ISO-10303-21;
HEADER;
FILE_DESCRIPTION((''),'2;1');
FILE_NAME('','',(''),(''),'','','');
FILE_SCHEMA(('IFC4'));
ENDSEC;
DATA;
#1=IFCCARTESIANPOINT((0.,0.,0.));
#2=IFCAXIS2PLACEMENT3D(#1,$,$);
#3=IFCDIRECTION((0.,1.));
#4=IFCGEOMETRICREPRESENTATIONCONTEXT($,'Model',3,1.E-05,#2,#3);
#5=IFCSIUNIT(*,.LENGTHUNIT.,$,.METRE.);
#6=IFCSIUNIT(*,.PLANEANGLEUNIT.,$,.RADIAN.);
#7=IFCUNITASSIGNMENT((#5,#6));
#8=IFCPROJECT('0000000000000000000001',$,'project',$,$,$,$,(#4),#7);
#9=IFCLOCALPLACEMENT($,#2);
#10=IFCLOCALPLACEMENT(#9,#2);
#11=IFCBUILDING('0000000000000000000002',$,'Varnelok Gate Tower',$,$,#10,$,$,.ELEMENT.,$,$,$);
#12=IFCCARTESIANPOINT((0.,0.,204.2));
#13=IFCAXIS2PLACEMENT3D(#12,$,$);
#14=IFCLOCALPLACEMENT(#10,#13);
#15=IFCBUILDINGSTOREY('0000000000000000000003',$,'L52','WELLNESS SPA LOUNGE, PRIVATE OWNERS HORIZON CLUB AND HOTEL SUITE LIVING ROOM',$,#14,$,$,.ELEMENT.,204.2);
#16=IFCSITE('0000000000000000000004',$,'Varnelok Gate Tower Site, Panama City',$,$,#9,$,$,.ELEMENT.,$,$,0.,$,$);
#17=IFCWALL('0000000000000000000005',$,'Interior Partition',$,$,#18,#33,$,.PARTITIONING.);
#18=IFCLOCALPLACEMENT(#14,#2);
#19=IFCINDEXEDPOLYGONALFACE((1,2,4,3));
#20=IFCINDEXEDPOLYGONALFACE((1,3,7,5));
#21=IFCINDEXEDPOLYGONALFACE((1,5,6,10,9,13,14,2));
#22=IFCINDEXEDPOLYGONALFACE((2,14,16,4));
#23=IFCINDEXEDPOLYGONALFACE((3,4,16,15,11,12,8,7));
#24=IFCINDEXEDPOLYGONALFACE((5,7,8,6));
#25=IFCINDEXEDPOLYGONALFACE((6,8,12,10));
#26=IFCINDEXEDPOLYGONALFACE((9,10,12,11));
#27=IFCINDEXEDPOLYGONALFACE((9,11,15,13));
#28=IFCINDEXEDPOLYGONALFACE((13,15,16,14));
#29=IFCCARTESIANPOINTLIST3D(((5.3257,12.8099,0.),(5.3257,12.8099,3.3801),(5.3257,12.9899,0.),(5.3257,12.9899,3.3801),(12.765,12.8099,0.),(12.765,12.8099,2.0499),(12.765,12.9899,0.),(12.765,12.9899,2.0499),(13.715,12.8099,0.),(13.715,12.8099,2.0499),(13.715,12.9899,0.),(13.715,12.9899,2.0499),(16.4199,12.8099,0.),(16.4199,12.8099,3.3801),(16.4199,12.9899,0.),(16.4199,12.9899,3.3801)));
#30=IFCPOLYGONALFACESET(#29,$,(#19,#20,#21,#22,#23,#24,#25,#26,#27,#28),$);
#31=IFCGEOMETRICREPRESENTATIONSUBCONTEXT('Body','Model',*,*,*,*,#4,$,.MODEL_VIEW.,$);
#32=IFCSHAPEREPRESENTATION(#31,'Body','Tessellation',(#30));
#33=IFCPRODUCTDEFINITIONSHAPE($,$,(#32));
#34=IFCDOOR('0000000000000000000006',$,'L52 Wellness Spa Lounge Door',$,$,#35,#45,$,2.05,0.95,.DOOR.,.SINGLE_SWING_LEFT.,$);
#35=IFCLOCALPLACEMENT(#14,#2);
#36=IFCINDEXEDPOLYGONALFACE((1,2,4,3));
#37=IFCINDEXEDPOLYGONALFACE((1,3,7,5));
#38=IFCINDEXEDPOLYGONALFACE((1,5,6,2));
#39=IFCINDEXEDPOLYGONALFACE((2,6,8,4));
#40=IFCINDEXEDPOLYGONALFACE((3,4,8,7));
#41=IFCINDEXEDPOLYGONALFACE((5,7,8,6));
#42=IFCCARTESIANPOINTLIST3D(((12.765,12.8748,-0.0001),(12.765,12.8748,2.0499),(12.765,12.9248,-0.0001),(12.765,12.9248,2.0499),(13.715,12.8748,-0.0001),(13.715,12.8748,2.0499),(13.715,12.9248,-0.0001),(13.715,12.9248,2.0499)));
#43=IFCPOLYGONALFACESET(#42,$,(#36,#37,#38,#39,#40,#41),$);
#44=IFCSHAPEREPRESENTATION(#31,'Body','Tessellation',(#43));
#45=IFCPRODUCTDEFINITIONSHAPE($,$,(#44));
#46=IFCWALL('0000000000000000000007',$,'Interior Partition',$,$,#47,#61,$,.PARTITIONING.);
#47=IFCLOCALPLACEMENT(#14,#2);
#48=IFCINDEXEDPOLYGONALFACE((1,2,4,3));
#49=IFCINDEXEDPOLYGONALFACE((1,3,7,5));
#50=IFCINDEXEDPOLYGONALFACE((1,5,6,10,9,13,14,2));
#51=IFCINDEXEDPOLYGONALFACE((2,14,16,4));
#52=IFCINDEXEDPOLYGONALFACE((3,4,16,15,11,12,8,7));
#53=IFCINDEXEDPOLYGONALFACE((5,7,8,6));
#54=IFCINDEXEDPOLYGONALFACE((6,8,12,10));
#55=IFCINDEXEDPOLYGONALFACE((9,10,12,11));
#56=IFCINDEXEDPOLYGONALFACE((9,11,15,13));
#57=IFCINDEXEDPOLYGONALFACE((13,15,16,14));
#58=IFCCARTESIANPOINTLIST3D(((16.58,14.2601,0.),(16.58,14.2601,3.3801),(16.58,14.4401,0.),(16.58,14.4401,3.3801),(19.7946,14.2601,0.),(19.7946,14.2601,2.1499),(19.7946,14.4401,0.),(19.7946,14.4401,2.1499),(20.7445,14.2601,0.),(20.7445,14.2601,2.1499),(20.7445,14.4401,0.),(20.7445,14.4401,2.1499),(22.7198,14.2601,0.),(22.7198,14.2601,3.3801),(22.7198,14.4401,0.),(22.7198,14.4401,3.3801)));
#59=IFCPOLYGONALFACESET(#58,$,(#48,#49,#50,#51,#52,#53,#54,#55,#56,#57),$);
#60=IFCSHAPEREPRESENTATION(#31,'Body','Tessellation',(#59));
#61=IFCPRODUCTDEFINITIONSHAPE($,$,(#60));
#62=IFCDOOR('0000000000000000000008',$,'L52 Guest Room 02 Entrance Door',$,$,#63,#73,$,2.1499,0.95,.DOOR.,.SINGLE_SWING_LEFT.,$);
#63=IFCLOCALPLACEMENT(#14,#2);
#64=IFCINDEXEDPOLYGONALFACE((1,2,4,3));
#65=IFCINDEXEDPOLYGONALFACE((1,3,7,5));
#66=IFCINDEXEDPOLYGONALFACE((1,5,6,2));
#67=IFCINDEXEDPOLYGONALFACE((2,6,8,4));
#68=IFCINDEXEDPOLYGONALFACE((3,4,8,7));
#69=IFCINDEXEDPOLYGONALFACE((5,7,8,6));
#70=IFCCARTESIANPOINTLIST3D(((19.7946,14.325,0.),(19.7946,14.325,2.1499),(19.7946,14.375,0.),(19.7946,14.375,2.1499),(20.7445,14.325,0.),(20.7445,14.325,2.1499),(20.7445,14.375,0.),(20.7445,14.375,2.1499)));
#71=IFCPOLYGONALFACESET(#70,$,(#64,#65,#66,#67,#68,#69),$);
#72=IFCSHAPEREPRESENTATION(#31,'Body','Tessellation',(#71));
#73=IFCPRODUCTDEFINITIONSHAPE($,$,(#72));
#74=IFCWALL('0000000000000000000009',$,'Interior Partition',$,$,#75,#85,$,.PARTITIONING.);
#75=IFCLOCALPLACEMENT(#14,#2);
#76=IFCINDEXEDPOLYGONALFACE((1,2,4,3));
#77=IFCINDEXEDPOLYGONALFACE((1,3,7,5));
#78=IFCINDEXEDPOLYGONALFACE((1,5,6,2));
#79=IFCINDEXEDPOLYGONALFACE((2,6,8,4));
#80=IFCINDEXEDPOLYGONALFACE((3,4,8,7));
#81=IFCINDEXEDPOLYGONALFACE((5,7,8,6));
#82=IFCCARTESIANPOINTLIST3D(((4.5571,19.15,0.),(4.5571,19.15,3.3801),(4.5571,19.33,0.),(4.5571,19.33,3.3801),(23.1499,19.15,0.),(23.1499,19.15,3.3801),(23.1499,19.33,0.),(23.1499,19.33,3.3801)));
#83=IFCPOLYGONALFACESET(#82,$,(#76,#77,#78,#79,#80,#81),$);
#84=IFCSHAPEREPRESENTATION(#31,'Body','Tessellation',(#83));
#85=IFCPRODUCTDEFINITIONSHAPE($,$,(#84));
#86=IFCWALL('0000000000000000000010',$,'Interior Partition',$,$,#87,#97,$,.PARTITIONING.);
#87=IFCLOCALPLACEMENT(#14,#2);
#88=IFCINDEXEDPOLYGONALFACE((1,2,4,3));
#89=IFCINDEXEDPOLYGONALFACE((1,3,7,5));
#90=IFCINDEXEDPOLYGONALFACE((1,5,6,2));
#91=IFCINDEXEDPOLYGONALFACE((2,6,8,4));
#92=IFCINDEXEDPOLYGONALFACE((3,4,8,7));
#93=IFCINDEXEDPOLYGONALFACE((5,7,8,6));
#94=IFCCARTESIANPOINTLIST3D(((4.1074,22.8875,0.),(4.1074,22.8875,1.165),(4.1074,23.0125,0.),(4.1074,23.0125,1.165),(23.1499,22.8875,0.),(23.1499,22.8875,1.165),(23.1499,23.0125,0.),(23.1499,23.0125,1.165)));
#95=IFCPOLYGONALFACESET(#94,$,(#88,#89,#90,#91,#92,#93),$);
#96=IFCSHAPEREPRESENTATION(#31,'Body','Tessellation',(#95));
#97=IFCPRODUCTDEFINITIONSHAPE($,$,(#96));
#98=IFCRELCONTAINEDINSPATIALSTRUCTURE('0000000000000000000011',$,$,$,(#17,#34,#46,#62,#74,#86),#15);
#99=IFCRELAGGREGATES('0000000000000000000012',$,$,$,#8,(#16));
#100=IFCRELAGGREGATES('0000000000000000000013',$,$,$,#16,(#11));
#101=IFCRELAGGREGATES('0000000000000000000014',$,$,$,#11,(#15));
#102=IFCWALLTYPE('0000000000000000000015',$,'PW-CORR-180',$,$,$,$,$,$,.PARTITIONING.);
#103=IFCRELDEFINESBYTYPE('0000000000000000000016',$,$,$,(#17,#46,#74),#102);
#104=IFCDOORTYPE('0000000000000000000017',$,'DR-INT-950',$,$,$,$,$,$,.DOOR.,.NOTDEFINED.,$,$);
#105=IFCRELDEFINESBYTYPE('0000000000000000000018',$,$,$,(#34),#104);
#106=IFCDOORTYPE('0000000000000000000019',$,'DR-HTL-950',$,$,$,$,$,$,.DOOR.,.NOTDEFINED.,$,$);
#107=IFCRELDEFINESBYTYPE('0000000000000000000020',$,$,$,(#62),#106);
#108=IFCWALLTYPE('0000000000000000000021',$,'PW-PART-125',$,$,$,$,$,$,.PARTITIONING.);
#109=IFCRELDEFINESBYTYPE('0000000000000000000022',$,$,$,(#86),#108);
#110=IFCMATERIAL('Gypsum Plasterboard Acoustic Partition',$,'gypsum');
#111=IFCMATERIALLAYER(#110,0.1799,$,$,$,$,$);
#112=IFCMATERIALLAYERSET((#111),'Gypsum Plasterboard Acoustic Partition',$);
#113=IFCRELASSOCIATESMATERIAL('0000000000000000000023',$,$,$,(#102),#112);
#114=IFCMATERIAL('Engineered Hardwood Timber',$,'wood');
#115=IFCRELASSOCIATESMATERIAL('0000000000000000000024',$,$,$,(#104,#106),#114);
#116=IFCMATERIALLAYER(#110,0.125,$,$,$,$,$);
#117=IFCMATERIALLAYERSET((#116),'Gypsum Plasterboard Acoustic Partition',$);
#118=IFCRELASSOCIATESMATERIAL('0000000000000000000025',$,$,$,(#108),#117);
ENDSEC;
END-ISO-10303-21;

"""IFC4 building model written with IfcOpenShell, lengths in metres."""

from ifc_helpers import new_model, si_unit, direction, frame, frame_2d, origin, place, context, subcontext, project, spatial, rectangle, extrude, material, layer, layer_set, type_object, element, fill, save


model = new_model("IFC4")

# Units and contexts
model_context = context("Model", 3, precision=1e-05, world=origin(), true_north=direction((0.0, 1.0)))
body_context = subcontext(model_context, "Body", "Model", "MODEL_VIEW")
ifc_project = project(units=[si_unit("LENGTHUNIT", "METRE"), si_unit("PLANEANGLEUNIT", "RADIAN")], contexts=[model_context])

# Site, building, storey
site_placement = place(None, origin())
site = spatial("IfcSite", under=ifc_project, at=site_placement, Name="Varnelok Gate Tower Site, Panama City", CompositionType="ELEMENT", RefElevation=0.0)
building_placement = place(site_placement, origin())
building = spatial("IfcBuilding", under=site, at=building_placement, Name="Varnelok Gate Tower", CompositionType="ELEMENT")
storey_placement = place(building_placement, frame((0.0, 0.0, 204.2)))
storey = spatial("IfcBuildingStorey", under=building, at=storey_placement, Name="L52", Description="WELLNESS SPA LOUNGE, PRIVATE OWNERS HORIZON CLUB AND HOTEL SUITE LIVING ROOM", CompositionType="ELEMENT", Elevation=204.2)

# Walls, openings, doors
ifc_material_1 = material(Name="Gypsum Plasterboard Acoustic Partition", Category="gypsum")
ifc_layer_1 = layer(ifc_material_1, 0.1799)
ifc_layer_set_1 = layer_set([ifc_layer_1], Name="Gypsum Plasterboard Acoustic Partition")
wall_type_1 = type_object("IfcWallType", Name="PW-CORR-180", PredefinedType="PARTITIONING", material=ifc_layer_set_1)
wall_1_placement = place(storey_placement, frame((5.3257, 12.8999, 0.0), z_axis=(0.0, 0.0, 1.0), x_axis=(1.0, 0.0, 0.0)))
wall_1 = element("IfcWall", 1, at=wall_1_placement, inside=storey, type_object=wall_type_1, Name="Interior Partition", PredefinedType="PARTITIONING", context=body_context, shape_type="SweptSolid", body=[
    extrude(rectangle(XDim=11.0942, YDim=0.1799, at=frame_2d((5.5471, 0.0))), origin(), (0.0, 0.0, 1.0), 3.3801),
])
opening_1_placement = place(wall_1_placement, frame((7.4392, 0.0, 0.0)))
opening_1 = element("IfcOpeningElement", 2, at=opening_1_placement, cuts=wall_1, PredefinedType="OPENING", context=body_context, shape_type="SweptSolid", body=[
    extrude(rectangle(XDim=0.95, YDim=2.05, at=frame_2d((0.4751, 1.0249))), frame((0.0, 0.0999, 0.0), z_axis=(0.0, -1.0, 0.0), x_axis=(1.0, 0.0, 0.0)), (0.0, 0.0, 1.0), 0.2),
])
ifc_material_2 = material(Name="Engineered Hardwood Timber", Category="wood")
door_type_1 = type_object("IfcDoorType", Name="DR-INT-950", OperationType="NOTDEFINED", PredefinedType="DOOR", material=ifc_material_2)
door_1_placement = place(opening_1_placement, origin())
door_1 = element("IfcDoor", 3, at=door_1_placement, inside=storey, type_object=door_type_1, Name="L52 Wellness Spa Lounge Door", OperationType="SINGLE_SWING_LEFT", OverallHeight=2.05, OverallWidth=0.95, PredefinedType="DOOR", context=body_context, shape_type="SweptSolid", body=[
    extrude(rectangle(XDim=0.95, YDim=2.05, at=frame_2d((0.4751, 1.0249))), frame((0.0, 0.0249, 0.0), z_axis=(0.0, -1.0, 0.0), x_axis=(1.0, 0.0, 0.0)), (0.0, 0.0, 1.0), 0.05),
])
fill(opening_1, door_1)
wall_2_placement = place(storey_placement, frame((16.5801, 14.3501, 0.0), z_axis=(0.0, 0.0, 1.0), x_axis=(1.0, 0.0, 0.0)))
wall_2 = element("IfcWall", 4, at=wall_2_placement, inside=storey, type_object=wall_type_1, Name="Interior Partition", PredefinedType="PARTITIONING", context=body_context, shape_type="SweptSolid", body=[
    extrude(rectangle(XDim=6.1399, YDim=0.1799, at=frame_2d((3.0698, 0.0))), origin(), (0.0, 0.0, 1.0), 3.3801),
])
opening_2_placement = place(wall_2_placement, frame((3.2144, 0.0, 0.0)))
opening_2 = element("IfcOpeningElement", 5, at=opening_2_placement, cuts=wall_2, PredefinedType="OPENING", context=body_context, shape_type="SweptSolid", body=[
    extrude(rectangle(XDim=0.95, YDim=2.1499, at=frame_2d((0.4751, 1.075))), frame((0.0, 0.0999, 0.0), z_axis=(0.0, -1.0, 0.0), x_axis=(1.0, 0.0, 0.0)), (0.0, 0.0, 1.0), 0.2),
])
door_type_2 = type_object("IfcDoorType", Name="DR-HTL-950", OperationType="NOTDEFINED", PredefinedType="DOOR", material=ifc_material_2)
door_2_placement = place(opening_2_placement, origin())
door_2 = element("IfcDoor", 6, at=door_2_placement, inside=storey, type_object=door_type_2, Name="L52 Guest Room 02 Entrance Door", OperationType="SINGLE_SWING_LEFT", OverallHeight=2.1499, OverallWidth=0.95, PredefinedType="DOOR", context=body_context, shape_type="SweptSolid", body=[
    extrude(rectangle(XDim=0.95, YDim=2.1499, at=frame_2d((0.4751, 1.075))), frame((0.0, 0.0249, 0.0), z_axis=(0.0, -1.0, 0.0), x_axis=(1.0, 0.0, 0.0)), (0.0, 0.0, 1.0), 0.05),
])
fill(opening_2, door_2)

# Walls
wall_3_placement = place(storey_placement, frame((4.5571, 19.24, 0.0), z_axis=(0.0, 0.0, 1.0), x_axis=(1.0, 0.0, 0.0)))
element("IfcWall", 7, at=wall_3_placement, inside=storey, type_object=wall_type_1, Name="Interior Partition", PredefinedType="PARTITIONING", context=body_context, shape_type="SweptSolid", body=[
    extrude(rectangle(XDim=18.5928, YDim=0.1799, at=frame_2d((9.2964, 0.0))), origin(), (0.0, 0.0, 1.0), 3.3801),
])
ifc_layer_2 = layer(ifc_material_1, 0.125)
ifc_layer_set_2 = layer_set([ifc_layer_2], Name="Gypsum Plasterboard Acoustic Partition")
wall_type_2 = type_object("IfcWallType", Name="PW-PART-125", PredefinedType="PARTITIONING", material=ifc_layer_set_2)
wall_4_placement = place(storey_placement, frame((4.1074, 22.95, 0.0), z_axis=(0.0, 0.0, 1.0), x_axis=(1.0, 0.0, 0.0)))
element("IfcWall", 8, at=wall_4_placement, inside=storey, type_object=wall_type_2, Name="Interior Partition", PredefinedType="PARTITIONING", context=body_context, shape_type="SweptSolid", body=[
    extrude(rectangle(XDim=19.0425, YDim=0.125, at=frame_2d((9.5212, 0.0))), origin(), (0.0, 0.0, 1.0), 1.165),
])

save(model, "model.ifc")
